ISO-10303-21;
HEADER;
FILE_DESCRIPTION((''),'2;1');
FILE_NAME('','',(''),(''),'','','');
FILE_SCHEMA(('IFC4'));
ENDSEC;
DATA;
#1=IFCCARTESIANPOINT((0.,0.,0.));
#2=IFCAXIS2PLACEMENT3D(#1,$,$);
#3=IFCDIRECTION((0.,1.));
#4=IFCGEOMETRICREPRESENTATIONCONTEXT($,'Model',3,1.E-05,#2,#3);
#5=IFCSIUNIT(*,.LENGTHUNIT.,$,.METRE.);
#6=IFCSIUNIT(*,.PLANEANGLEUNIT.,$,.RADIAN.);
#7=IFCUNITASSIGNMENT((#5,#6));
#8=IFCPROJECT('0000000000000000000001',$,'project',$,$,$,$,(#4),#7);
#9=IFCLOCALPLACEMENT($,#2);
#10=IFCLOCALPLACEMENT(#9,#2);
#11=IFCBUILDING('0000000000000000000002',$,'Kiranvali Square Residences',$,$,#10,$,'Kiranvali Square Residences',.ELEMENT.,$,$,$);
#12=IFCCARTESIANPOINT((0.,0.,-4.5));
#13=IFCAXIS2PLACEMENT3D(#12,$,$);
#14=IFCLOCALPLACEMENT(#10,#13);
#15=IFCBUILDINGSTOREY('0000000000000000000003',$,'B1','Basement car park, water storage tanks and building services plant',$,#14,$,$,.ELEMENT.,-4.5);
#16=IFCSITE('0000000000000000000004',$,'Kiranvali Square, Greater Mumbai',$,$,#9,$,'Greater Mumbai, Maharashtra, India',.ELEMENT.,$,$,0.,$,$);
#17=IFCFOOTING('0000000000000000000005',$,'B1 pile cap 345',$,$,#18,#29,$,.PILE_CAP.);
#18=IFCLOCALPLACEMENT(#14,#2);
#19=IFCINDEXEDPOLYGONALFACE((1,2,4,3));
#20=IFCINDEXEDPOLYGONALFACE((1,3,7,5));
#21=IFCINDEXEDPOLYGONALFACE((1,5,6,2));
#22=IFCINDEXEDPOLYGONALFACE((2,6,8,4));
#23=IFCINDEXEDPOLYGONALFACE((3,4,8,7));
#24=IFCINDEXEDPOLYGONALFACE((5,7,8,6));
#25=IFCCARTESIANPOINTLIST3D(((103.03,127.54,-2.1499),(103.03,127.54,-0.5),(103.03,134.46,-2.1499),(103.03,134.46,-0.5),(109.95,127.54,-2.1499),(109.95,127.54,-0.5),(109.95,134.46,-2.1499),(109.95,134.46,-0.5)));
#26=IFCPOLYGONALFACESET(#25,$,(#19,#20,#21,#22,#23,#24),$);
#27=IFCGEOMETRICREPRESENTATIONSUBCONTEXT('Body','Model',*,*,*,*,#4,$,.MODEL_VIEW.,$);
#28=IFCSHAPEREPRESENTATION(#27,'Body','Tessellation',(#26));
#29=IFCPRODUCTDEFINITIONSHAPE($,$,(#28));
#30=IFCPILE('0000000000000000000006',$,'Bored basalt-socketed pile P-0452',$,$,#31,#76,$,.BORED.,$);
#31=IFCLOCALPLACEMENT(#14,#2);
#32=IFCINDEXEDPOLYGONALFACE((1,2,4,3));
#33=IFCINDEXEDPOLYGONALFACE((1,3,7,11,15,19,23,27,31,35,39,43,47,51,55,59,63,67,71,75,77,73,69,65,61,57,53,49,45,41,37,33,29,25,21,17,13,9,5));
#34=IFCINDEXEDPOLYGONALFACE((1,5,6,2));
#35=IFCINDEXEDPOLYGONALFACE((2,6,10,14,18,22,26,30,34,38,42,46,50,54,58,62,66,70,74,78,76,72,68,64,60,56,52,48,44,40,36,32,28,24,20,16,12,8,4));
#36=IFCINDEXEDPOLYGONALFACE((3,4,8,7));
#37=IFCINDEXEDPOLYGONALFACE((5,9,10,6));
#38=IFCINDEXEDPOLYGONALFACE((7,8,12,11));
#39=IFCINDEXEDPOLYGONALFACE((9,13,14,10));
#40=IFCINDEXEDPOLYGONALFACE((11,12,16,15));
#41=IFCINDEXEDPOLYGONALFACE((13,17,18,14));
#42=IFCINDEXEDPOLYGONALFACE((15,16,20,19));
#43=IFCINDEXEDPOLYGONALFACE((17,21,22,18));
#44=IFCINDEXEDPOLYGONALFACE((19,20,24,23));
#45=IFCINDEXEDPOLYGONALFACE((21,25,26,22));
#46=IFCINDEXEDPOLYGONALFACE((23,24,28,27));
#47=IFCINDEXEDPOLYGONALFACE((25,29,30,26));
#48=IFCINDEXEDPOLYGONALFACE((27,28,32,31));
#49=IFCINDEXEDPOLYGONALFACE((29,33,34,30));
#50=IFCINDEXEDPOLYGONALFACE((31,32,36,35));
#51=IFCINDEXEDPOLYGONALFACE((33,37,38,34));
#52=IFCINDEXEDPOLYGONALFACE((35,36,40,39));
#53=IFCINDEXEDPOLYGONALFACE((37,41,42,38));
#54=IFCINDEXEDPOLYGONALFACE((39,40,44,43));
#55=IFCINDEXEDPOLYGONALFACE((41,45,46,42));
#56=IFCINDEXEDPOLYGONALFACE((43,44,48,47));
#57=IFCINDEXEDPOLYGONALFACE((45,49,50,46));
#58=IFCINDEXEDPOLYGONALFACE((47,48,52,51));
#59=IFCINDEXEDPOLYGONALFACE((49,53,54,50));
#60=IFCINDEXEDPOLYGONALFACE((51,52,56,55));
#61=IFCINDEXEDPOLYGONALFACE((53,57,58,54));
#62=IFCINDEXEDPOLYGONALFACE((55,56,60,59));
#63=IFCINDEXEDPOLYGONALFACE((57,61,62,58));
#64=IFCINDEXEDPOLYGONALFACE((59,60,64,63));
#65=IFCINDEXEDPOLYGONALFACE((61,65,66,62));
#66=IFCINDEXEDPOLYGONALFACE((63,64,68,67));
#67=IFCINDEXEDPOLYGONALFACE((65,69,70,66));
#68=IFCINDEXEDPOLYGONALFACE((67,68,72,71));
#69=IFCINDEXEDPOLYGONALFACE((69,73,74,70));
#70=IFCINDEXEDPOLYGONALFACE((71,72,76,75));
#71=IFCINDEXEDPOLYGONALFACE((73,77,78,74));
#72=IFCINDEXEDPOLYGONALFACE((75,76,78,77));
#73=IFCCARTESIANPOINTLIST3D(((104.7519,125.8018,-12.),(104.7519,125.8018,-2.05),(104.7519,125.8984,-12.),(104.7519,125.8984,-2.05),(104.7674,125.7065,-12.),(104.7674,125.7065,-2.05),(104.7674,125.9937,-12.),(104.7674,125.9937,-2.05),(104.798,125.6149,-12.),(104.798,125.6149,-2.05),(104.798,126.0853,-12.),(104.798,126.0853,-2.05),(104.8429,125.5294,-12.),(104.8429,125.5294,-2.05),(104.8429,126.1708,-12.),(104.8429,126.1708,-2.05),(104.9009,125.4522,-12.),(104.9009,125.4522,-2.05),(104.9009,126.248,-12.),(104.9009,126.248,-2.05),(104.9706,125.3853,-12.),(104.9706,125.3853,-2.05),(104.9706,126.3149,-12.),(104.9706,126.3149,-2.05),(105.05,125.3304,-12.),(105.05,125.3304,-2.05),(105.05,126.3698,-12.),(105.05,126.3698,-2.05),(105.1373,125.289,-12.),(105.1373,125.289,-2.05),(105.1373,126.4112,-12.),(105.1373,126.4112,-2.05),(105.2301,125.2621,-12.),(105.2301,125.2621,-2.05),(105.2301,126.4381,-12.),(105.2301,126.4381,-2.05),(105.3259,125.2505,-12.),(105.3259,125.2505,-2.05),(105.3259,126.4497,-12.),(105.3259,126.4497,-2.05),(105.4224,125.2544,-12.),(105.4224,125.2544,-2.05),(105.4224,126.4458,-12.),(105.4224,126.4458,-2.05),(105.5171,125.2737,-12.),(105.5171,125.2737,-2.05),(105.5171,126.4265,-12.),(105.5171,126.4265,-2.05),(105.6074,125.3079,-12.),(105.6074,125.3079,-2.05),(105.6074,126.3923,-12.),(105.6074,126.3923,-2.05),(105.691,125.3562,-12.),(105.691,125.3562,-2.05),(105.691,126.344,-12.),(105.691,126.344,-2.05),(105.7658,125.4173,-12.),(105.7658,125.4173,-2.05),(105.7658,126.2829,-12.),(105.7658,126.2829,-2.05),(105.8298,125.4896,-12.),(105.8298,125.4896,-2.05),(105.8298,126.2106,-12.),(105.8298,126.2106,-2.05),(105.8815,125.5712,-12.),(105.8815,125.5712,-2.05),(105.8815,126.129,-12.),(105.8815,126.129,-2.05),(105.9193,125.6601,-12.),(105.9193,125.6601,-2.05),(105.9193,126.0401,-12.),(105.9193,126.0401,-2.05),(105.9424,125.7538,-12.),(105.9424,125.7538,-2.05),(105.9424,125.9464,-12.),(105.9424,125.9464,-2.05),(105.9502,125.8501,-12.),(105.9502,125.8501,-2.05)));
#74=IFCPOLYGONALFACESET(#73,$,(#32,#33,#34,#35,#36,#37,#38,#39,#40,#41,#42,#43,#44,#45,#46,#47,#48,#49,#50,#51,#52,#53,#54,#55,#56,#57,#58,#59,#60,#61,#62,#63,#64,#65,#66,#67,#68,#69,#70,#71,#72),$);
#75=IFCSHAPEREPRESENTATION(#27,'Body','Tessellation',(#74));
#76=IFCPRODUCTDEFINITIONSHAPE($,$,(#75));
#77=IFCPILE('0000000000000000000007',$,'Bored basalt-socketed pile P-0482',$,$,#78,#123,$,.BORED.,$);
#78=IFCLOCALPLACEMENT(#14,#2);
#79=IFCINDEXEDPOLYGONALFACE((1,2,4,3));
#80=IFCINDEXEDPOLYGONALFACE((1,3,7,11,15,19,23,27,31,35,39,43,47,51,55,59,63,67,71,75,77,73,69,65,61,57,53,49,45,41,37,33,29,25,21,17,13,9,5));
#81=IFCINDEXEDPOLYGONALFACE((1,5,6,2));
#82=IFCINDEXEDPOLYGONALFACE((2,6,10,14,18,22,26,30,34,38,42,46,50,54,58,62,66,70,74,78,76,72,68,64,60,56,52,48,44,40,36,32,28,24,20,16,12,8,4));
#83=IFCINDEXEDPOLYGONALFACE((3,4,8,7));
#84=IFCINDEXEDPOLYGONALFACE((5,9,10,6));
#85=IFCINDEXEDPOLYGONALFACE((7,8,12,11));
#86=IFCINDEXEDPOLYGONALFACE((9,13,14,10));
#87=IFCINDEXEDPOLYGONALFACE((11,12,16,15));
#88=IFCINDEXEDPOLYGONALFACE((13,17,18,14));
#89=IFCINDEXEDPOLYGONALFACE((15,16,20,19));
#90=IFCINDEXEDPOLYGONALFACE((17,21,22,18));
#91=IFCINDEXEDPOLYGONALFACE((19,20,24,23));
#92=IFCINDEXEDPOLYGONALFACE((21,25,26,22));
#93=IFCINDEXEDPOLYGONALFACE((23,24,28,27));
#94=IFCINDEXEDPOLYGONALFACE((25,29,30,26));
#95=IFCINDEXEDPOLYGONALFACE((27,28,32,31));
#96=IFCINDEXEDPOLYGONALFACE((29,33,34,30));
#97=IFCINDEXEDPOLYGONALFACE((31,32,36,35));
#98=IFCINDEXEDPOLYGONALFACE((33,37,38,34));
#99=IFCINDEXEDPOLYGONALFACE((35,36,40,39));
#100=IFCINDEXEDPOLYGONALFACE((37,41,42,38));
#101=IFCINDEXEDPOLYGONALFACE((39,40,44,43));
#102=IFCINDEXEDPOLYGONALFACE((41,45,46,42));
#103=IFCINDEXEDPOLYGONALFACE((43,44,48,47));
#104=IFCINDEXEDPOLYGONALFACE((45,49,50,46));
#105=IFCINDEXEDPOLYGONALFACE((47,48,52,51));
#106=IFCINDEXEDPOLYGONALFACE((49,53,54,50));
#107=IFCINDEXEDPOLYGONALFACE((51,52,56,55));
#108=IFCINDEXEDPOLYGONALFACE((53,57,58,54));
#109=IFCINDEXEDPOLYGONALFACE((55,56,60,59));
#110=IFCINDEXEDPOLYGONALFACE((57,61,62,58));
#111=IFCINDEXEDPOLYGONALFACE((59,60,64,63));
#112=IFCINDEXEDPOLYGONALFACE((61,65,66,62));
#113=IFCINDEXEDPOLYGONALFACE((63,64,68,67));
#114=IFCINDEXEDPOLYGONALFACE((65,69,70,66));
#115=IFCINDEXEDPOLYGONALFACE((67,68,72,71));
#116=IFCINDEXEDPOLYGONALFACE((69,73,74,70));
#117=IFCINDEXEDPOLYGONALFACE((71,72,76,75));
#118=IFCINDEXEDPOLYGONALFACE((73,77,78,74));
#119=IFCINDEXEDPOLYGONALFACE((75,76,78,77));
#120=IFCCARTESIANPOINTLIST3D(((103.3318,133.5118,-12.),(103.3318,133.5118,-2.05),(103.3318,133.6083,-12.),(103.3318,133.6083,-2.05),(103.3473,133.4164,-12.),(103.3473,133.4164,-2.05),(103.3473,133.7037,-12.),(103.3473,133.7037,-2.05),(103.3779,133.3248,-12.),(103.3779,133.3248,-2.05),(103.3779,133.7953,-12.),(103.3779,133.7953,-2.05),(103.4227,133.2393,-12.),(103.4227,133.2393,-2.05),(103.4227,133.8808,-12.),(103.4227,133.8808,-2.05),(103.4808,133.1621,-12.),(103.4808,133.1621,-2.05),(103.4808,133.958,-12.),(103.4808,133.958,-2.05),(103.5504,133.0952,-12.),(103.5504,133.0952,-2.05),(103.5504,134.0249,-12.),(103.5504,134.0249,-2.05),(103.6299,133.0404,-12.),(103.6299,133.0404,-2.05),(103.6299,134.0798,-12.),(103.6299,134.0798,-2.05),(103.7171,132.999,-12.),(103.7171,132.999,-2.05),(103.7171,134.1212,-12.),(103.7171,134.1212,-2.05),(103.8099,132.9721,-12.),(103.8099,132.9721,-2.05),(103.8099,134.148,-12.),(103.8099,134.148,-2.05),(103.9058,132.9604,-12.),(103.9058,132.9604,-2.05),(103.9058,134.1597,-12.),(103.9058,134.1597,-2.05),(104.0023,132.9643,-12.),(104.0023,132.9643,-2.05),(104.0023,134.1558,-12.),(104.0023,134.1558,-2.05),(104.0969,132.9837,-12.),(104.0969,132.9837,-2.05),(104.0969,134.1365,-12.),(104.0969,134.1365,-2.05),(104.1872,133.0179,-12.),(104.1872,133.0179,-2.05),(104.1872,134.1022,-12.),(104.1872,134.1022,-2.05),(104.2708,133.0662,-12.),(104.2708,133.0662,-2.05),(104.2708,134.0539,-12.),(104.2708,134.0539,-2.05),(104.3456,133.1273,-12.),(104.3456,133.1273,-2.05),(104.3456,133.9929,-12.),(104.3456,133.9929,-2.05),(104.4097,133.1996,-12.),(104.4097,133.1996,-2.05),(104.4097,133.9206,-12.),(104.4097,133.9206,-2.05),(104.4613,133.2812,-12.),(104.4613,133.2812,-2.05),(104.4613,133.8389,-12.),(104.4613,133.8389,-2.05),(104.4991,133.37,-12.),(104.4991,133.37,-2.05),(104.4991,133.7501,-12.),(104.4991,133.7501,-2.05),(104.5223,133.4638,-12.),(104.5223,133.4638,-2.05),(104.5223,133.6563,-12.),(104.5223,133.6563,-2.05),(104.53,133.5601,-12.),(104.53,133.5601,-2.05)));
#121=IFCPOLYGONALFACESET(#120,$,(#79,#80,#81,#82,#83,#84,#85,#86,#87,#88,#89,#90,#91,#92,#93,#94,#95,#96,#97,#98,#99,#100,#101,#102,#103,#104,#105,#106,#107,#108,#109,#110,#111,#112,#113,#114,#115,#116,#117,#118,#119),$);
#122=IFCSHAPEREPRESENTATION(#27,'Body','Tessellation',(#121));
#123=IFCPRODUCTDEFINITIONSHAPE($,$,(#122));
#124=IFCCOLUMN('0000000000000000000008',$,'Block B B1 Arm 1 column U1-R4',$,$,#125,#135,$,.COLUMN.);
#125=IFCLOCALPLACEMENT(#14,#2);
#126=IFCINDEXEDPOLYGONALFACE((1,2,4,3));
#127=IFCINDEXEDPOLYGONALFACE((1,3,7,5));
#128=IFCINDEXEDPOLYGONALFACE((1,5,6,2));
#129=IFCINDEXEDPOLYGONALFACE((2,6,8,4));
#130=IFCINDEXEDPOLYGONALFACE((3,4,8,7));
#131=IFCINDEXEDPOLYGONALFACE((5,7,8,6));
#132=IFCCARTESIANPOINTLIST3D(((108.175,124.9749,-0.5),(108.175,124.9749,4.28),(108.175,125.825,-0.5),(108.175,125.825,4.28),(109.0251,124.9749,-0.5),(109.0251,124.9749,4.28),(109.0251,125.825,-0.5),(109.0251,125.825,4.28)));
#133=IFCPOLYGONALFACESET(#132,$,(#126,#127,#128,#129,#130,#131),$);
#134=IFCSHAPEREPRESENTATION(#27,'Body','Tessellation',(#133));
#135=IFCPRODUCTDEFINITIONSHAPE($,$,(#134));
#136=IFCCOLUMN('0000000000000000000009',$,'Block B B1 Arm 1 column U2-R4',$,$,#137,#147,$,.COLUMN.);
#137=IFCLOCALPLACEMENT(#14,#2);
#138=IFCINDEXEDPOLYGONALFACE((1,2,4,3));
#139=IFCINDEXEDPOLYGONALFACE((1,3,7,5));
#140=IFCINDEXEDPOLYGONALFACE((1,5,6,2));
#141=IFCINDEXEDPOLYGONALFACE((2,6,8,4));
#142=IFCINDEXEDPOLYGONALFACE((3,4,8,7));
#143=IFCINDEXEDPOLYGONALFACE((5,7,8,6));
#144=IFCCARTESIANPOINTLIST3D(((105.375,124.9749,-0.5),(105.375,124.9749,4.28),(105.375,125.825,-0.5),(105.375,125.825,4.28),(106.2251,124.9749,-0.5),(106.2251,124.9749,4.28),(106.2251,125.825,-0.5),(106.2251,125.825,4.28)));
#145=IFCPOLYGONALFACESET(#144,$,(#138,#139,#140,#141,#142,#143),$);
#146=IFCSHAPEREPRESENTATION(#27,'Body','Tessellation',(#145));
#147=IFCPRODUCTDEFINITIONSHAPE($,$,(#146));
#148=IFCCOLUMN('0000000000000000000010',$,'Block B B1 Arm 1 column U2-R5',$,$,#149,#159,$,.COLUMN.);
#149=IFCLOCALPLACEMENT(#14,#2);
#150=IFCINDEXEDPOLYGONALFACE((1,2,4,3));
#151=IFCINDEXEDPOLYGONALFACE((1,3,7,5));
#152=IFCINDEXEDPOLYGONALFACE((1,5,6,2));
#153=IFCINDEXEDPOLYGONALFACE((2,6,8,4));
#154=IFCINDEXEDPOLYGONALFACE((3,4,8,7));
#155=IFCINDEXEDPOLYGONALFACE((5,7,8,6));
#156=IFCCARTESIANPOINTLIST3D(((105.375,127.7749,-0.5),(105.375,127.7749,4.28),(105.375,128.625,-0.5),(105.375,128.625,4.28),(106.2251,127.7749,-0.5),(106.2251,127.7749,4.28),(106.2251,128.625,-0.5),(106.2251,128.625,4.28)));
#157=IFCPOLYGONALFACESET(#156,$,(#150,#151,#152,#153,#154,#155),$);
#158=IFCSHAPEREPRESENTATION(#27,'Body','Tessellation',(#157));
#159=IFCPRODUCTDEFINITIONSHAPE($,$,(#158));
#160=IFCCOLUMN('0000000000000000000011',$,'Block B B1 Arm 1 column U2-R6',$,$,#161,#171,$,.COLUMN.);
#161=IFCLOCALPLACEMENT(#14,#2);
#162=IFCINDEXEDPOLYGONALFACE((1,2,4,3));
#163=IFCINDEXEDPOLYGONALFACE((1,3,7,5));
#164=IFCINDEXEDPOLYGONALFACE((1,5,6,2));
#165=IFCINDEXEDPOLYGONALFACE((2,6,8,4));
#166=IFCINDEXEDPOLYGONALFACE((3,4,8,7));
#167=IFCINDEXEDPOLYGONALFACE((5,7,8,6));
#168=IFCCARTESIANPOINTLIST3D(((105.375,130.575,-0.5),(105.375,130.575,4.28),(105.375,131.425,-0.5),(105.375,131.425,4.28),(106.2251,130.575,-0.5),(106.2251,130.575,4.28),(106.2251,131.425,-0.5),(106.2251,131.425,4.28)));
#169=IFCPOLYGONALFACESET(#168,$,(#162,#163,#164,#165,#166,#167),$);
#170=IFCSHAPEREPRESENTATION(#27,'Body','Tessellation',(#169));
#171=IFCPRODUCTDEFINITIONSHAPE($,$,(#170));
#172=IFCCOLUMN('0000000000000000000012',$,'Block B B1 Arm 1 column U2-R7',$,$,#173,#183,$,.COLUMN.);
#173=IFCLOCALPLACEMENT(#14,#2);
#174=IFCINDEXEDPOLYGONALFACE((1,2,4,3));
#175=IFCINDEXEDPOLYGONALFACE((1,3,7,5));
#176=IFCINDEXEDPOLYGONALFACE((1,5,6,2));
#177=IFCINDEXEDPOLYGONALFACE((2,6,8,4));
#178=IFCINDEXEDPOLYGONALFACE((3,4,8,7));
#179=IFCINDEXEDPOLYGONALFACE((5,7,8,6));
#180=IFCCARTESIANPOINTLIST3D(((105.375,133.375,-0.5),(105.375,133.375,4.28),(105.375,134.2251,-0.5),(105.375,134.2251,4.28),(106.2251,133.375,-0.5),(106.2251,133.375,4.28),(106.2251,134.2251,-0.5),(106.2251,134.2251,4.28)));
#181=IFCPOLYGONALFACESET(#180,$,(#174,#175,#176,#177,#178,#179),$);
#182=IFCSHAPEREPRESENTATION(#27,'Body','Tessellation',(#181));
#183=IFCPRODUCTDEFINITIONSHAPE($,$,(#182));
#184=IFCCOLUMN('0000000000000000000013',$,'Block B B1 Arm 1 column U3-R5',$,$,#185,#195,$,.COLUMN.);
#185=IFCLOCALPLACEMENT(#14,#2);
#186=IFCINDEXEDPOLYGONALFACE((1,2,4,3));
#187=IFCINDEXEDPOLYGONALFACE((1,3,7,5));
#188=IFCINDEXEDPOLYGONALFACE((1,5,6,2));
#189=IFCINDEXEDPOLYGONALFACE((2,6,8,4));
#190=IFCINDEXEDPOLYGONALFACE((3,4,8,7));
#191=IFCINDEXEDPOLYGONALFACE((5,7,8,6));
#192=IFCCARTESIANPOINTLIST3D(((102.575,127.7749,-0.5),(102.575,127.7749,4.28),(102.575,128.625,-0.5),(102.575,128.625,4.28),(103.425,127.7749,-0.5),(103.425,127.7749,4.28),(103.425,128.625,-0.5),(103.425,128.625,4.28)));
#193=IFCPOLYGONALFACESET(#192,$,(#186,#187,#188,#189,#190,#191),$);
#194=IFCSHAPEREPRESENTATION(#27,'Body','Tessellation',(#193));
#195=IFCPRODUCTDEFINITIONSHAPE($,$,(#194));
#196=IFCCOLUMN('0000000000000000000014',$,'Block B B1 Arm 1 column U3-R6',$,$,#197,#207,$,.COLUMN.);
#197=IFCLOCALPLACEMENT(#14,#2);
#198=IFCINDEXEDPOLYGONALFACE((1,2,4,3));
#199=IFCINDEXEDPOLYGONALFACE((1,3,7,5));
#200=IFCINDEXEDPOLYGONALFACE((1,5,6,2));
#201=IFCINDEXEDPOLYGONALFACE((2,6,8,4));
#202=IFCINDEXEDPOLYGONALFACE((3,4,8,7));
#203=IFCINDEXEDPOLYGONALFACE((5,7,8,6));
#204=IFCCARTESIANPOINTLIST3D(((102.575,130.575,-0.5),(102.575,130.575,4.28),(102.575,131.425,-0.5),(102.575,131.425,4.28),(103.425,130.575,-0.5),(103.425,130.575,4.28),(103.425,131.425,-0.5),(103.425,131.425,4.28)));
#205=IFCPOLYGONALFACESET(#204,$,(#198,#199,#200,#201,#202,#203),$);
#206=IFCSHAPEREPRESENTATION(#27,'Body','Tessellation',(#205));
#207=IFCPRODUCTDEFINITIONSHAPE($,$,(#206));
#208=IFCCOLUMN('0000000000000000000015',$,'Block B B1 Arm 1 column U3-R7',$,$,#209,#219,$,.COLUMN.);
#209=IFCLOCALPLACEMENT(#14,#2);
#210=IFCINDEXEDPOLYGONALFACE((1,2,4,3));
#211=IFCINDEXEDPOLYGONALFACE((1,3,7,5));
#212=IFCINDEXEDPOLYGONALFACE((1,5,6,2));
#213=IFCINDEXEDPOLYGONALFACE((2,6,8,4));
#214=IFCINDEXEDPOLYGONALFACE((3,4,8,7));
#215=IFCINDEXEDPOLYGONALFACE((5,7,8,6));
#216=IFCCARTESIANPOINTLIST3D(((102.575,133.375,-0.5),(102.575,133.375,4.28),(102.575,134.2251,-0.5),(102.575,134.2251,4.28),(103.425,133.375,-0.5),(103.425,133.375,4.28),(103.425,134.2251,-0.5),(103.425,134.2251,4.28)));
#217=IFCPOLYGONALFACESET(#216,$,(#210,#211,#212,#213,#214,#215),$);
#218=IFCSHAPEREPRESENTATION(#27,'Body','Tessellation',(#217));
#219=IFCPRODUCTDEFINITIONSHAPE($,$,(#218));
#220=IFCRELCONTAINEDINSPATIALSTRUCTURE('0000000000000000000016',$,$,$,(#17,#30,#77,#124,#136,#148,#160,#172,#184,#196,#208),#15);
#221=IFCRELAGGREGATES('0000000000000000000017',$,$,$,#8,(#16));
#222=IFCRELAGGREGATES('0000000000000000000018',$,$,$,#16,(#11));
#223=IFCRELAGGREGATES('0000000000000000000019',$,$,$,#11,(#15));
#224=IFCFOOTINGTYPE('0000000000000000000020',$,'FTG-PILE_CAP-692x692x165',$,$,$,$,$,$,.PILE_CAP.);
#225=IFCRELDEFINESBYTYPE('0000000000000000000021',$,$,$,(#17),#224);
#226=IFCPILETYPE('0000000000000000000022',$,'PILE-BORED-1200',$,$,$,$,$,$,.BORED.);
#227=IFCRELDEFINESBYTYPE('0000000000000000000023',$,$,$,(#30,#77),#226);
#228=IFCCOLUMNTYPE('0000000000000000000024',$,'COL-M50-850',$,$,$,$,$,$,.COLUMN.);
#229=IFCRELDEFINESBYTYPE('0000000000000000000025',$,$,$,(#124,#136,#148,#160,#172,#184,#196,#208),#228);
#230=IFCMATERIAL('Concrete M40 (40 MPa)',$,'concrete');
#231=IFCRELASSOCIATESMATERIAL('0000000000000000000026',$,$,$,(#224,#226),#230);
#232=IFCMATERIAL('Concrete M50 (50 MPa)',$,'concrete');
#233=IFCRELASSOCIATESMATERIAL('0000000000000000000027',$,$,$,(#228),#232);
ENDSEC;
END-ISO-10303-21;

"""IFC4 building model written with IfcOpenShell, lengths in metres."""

from ifc_helpers import new_model, si_unit, direction, frame, origin, origin_2d, place, context, subcontext, project, spatial, rectangle, circle, extrude, material, material_profile, profile_set, type_object, element, save


model = new_model("IFC4")

# Units and contexts
model_context = context("Model", 3, precision=1e-05, world=origin(), true_north=direction((0.0, 1.0)))
body_context = subcontext(model_context, "Body", "Model", "MODEL_VIEW")
ifc_project = project(units=[si_unit("LENGTHUNIT", "METRE"), si_unit("PLANEANGLEUNIT", "RADIAN")], contexts=[model_context])

# Site, building, storey
site_placement = place(None, origin())
site = spatial("IfcSite", under=ifc_project, at=site_placement, Name="Kiranvali Square, Greater Mumbai", LongName="Greater Mumbai, Maharashtra, India", CompositionType="ELEMENT", RefElevation=0.0)
building_placement = place(site_placement, origin())
building = spatial("IfcBuilding", under=site, at=building_placement, Name="Kiranvali Square Residences", LongName="Kiranvali Square Residences", CompositionType="ELEMENT")
storey_placement = place(building_placement, frame((0.0, 0.0, -4.5)))
storey = spatial("IfcBuildingStorey", under=building, at=storey_placement, Name="B1", Description="Basement car park, water storage tanks and building services plant", CompositionType="ELEMENT", Elevation=-4.5)

# Footing
ifc_material_1 = material(Name="Concrete M40 (40 MPa)", Category="concrete")
footing_type = type_object("IfcFootingType", Name="FTG-PILE_CAP-692x692x165", PredefinedType="PILE_CAP", material=ifc_material_1)
footing_placement = place(storey_placement, frame((106.49, 131.0, -2.1499), z_axis=(0.0, 0.0, 1.0), x_axis=(1.0, 0.0, 0.0)))
element("IfcFooting", 1, at=footing_placement, inside=storey, type_object=footing_type, Name="B1 pile cap 345", PredefinedType="PILE_CAP", context=body_context, shape_type="SweptSolid", body=[
    extrude(rectangle(XDim=6.9199, YDim=6.9199, at=origin_2d()), origin(), (0.0, 0.0, 1.0), 1.6499),
])

# Piles
ifc_material_profile_1 = material_profile(ifc_material_1, circle(Radius=0.6001, at=origin_2d()), Name="BORED PILE 1200")
ifc_profile_set_1 = profile_set([ifc_material_profile_1], Name="Concrete M40 (40 MPa)")
pile_type = type_object("IfcPileType", Name="PILE-BORED-1200", PredefinedType="BORED", material=ifc_profile_set_1)
for number, where, z_axis, x_axis, name in (
    (2, (105.3501, 125.8501, -2.05), (0.0, 0.0, -1.0), (1.0, 0.0, 0.0), "Bored basalt-socketed pile P-0452"),
    (3, (103.9299, 133.5601, -2.05), (0.0, 0.0, -1.0), (1.0, 0.0, 0.0), "Bored basalt-socketed pile P-0482"),
):
    element("IfcPile", number, at=place(storey_placement, frame(where, z_axis=z_axis, x_axis=x_axis)), inside=storey, type_object=pile_type, Name=name, PredefinedType="BORED", context=body_context, shape_type="SweptSolid", body=[
        extrude(circle(Radius=0.6001, at=origin_2d()), origin(), (0.0, 0.0, 1.0), 9.95),
    ])

# Columns
ifc_material_2 = material(Name="Concrete M50 (50 MPa)", Category="concrete")
ifc_material_profile_2 = material_profile(ifc_material_2, rectangle(XDim=0.8501, YDim=0.8501, at=origin_2d()), Name="RC 850x850")
ifc_profile_set_2 = profile_set([ifc_material_profile_2], Name="Concrete M50 (50 MPa)")
column_type = type_object("IfcColumnType", Name="COL-M50-850", PredefinedType="COLUMN", material=ifc_profile_set_2)
for number, where, z_axis, x_axis, name in (
    (4, (108.6001, 125.3999, -0.5), (0.0, 0.0, 1.0), (1.0, 0.0, 0.0), "Block B B1 Arm 1 column U1-R4"),
    (5, (105.8, 125.3999, -0.5), (0.0, 0.0, 1.0), (1.0, 0.0, 0.0), "Block B B1 Arm 1 column U2-R4"),
    (6, (105.8, 128.2, -0.5), (0.0, 0.0, 1.0), (1.0, 0.0, 0.0), "Block B B1 Arm 1 column U2-R5"),
    (7, (105.8, 131.0, -0.5), (0.0, 0.0, 1.0), (1.0, 0.0, 0.0), "Block B B1 Arm 1 column U2-R6"),
    (8, (105.8, 133.8, -0.5), (0.0, 0.0, 1.0), (1.0, 0.0, 0.0), "Block B B1 Arm 1 column U2-R7"),
    (9, (103.0, 128.2, -0.5), (0.0, 0.0, 1.0), (1.0, 0.0, 0.0), "Block B B1 Arm 1 column U3-R5"),
    (10, (103.0, 131.0, -0.5), (0.0, 0.0, 1.0), (1.0, 0.0, 0.0), "Block B B1 Arm 1 column U3-R6"),
    (11, (103.0, 133.8, -0.5), (0.0, 0.0, 1.0), (1.0, 0.0, 0.0), "Block B B1 Arm 1 column U3-R7"),
):
    element("IfcColumn", number, at=place(storey_placement, frame(where, z_axis=z_axis, x_axis=x_axis)), inside=storey, type_object=column_type, Name=name, PredefinedType="COLUMN", context=body_context, shape_type="SweptSolid", body=[
        extrude(rectangle(XDim=0.8501, YDim=0.8501, at=origin_2d()), origin(), (0.0, 0.0, 1.0), 4.78),
    ])

save(model, "model.ifc")
